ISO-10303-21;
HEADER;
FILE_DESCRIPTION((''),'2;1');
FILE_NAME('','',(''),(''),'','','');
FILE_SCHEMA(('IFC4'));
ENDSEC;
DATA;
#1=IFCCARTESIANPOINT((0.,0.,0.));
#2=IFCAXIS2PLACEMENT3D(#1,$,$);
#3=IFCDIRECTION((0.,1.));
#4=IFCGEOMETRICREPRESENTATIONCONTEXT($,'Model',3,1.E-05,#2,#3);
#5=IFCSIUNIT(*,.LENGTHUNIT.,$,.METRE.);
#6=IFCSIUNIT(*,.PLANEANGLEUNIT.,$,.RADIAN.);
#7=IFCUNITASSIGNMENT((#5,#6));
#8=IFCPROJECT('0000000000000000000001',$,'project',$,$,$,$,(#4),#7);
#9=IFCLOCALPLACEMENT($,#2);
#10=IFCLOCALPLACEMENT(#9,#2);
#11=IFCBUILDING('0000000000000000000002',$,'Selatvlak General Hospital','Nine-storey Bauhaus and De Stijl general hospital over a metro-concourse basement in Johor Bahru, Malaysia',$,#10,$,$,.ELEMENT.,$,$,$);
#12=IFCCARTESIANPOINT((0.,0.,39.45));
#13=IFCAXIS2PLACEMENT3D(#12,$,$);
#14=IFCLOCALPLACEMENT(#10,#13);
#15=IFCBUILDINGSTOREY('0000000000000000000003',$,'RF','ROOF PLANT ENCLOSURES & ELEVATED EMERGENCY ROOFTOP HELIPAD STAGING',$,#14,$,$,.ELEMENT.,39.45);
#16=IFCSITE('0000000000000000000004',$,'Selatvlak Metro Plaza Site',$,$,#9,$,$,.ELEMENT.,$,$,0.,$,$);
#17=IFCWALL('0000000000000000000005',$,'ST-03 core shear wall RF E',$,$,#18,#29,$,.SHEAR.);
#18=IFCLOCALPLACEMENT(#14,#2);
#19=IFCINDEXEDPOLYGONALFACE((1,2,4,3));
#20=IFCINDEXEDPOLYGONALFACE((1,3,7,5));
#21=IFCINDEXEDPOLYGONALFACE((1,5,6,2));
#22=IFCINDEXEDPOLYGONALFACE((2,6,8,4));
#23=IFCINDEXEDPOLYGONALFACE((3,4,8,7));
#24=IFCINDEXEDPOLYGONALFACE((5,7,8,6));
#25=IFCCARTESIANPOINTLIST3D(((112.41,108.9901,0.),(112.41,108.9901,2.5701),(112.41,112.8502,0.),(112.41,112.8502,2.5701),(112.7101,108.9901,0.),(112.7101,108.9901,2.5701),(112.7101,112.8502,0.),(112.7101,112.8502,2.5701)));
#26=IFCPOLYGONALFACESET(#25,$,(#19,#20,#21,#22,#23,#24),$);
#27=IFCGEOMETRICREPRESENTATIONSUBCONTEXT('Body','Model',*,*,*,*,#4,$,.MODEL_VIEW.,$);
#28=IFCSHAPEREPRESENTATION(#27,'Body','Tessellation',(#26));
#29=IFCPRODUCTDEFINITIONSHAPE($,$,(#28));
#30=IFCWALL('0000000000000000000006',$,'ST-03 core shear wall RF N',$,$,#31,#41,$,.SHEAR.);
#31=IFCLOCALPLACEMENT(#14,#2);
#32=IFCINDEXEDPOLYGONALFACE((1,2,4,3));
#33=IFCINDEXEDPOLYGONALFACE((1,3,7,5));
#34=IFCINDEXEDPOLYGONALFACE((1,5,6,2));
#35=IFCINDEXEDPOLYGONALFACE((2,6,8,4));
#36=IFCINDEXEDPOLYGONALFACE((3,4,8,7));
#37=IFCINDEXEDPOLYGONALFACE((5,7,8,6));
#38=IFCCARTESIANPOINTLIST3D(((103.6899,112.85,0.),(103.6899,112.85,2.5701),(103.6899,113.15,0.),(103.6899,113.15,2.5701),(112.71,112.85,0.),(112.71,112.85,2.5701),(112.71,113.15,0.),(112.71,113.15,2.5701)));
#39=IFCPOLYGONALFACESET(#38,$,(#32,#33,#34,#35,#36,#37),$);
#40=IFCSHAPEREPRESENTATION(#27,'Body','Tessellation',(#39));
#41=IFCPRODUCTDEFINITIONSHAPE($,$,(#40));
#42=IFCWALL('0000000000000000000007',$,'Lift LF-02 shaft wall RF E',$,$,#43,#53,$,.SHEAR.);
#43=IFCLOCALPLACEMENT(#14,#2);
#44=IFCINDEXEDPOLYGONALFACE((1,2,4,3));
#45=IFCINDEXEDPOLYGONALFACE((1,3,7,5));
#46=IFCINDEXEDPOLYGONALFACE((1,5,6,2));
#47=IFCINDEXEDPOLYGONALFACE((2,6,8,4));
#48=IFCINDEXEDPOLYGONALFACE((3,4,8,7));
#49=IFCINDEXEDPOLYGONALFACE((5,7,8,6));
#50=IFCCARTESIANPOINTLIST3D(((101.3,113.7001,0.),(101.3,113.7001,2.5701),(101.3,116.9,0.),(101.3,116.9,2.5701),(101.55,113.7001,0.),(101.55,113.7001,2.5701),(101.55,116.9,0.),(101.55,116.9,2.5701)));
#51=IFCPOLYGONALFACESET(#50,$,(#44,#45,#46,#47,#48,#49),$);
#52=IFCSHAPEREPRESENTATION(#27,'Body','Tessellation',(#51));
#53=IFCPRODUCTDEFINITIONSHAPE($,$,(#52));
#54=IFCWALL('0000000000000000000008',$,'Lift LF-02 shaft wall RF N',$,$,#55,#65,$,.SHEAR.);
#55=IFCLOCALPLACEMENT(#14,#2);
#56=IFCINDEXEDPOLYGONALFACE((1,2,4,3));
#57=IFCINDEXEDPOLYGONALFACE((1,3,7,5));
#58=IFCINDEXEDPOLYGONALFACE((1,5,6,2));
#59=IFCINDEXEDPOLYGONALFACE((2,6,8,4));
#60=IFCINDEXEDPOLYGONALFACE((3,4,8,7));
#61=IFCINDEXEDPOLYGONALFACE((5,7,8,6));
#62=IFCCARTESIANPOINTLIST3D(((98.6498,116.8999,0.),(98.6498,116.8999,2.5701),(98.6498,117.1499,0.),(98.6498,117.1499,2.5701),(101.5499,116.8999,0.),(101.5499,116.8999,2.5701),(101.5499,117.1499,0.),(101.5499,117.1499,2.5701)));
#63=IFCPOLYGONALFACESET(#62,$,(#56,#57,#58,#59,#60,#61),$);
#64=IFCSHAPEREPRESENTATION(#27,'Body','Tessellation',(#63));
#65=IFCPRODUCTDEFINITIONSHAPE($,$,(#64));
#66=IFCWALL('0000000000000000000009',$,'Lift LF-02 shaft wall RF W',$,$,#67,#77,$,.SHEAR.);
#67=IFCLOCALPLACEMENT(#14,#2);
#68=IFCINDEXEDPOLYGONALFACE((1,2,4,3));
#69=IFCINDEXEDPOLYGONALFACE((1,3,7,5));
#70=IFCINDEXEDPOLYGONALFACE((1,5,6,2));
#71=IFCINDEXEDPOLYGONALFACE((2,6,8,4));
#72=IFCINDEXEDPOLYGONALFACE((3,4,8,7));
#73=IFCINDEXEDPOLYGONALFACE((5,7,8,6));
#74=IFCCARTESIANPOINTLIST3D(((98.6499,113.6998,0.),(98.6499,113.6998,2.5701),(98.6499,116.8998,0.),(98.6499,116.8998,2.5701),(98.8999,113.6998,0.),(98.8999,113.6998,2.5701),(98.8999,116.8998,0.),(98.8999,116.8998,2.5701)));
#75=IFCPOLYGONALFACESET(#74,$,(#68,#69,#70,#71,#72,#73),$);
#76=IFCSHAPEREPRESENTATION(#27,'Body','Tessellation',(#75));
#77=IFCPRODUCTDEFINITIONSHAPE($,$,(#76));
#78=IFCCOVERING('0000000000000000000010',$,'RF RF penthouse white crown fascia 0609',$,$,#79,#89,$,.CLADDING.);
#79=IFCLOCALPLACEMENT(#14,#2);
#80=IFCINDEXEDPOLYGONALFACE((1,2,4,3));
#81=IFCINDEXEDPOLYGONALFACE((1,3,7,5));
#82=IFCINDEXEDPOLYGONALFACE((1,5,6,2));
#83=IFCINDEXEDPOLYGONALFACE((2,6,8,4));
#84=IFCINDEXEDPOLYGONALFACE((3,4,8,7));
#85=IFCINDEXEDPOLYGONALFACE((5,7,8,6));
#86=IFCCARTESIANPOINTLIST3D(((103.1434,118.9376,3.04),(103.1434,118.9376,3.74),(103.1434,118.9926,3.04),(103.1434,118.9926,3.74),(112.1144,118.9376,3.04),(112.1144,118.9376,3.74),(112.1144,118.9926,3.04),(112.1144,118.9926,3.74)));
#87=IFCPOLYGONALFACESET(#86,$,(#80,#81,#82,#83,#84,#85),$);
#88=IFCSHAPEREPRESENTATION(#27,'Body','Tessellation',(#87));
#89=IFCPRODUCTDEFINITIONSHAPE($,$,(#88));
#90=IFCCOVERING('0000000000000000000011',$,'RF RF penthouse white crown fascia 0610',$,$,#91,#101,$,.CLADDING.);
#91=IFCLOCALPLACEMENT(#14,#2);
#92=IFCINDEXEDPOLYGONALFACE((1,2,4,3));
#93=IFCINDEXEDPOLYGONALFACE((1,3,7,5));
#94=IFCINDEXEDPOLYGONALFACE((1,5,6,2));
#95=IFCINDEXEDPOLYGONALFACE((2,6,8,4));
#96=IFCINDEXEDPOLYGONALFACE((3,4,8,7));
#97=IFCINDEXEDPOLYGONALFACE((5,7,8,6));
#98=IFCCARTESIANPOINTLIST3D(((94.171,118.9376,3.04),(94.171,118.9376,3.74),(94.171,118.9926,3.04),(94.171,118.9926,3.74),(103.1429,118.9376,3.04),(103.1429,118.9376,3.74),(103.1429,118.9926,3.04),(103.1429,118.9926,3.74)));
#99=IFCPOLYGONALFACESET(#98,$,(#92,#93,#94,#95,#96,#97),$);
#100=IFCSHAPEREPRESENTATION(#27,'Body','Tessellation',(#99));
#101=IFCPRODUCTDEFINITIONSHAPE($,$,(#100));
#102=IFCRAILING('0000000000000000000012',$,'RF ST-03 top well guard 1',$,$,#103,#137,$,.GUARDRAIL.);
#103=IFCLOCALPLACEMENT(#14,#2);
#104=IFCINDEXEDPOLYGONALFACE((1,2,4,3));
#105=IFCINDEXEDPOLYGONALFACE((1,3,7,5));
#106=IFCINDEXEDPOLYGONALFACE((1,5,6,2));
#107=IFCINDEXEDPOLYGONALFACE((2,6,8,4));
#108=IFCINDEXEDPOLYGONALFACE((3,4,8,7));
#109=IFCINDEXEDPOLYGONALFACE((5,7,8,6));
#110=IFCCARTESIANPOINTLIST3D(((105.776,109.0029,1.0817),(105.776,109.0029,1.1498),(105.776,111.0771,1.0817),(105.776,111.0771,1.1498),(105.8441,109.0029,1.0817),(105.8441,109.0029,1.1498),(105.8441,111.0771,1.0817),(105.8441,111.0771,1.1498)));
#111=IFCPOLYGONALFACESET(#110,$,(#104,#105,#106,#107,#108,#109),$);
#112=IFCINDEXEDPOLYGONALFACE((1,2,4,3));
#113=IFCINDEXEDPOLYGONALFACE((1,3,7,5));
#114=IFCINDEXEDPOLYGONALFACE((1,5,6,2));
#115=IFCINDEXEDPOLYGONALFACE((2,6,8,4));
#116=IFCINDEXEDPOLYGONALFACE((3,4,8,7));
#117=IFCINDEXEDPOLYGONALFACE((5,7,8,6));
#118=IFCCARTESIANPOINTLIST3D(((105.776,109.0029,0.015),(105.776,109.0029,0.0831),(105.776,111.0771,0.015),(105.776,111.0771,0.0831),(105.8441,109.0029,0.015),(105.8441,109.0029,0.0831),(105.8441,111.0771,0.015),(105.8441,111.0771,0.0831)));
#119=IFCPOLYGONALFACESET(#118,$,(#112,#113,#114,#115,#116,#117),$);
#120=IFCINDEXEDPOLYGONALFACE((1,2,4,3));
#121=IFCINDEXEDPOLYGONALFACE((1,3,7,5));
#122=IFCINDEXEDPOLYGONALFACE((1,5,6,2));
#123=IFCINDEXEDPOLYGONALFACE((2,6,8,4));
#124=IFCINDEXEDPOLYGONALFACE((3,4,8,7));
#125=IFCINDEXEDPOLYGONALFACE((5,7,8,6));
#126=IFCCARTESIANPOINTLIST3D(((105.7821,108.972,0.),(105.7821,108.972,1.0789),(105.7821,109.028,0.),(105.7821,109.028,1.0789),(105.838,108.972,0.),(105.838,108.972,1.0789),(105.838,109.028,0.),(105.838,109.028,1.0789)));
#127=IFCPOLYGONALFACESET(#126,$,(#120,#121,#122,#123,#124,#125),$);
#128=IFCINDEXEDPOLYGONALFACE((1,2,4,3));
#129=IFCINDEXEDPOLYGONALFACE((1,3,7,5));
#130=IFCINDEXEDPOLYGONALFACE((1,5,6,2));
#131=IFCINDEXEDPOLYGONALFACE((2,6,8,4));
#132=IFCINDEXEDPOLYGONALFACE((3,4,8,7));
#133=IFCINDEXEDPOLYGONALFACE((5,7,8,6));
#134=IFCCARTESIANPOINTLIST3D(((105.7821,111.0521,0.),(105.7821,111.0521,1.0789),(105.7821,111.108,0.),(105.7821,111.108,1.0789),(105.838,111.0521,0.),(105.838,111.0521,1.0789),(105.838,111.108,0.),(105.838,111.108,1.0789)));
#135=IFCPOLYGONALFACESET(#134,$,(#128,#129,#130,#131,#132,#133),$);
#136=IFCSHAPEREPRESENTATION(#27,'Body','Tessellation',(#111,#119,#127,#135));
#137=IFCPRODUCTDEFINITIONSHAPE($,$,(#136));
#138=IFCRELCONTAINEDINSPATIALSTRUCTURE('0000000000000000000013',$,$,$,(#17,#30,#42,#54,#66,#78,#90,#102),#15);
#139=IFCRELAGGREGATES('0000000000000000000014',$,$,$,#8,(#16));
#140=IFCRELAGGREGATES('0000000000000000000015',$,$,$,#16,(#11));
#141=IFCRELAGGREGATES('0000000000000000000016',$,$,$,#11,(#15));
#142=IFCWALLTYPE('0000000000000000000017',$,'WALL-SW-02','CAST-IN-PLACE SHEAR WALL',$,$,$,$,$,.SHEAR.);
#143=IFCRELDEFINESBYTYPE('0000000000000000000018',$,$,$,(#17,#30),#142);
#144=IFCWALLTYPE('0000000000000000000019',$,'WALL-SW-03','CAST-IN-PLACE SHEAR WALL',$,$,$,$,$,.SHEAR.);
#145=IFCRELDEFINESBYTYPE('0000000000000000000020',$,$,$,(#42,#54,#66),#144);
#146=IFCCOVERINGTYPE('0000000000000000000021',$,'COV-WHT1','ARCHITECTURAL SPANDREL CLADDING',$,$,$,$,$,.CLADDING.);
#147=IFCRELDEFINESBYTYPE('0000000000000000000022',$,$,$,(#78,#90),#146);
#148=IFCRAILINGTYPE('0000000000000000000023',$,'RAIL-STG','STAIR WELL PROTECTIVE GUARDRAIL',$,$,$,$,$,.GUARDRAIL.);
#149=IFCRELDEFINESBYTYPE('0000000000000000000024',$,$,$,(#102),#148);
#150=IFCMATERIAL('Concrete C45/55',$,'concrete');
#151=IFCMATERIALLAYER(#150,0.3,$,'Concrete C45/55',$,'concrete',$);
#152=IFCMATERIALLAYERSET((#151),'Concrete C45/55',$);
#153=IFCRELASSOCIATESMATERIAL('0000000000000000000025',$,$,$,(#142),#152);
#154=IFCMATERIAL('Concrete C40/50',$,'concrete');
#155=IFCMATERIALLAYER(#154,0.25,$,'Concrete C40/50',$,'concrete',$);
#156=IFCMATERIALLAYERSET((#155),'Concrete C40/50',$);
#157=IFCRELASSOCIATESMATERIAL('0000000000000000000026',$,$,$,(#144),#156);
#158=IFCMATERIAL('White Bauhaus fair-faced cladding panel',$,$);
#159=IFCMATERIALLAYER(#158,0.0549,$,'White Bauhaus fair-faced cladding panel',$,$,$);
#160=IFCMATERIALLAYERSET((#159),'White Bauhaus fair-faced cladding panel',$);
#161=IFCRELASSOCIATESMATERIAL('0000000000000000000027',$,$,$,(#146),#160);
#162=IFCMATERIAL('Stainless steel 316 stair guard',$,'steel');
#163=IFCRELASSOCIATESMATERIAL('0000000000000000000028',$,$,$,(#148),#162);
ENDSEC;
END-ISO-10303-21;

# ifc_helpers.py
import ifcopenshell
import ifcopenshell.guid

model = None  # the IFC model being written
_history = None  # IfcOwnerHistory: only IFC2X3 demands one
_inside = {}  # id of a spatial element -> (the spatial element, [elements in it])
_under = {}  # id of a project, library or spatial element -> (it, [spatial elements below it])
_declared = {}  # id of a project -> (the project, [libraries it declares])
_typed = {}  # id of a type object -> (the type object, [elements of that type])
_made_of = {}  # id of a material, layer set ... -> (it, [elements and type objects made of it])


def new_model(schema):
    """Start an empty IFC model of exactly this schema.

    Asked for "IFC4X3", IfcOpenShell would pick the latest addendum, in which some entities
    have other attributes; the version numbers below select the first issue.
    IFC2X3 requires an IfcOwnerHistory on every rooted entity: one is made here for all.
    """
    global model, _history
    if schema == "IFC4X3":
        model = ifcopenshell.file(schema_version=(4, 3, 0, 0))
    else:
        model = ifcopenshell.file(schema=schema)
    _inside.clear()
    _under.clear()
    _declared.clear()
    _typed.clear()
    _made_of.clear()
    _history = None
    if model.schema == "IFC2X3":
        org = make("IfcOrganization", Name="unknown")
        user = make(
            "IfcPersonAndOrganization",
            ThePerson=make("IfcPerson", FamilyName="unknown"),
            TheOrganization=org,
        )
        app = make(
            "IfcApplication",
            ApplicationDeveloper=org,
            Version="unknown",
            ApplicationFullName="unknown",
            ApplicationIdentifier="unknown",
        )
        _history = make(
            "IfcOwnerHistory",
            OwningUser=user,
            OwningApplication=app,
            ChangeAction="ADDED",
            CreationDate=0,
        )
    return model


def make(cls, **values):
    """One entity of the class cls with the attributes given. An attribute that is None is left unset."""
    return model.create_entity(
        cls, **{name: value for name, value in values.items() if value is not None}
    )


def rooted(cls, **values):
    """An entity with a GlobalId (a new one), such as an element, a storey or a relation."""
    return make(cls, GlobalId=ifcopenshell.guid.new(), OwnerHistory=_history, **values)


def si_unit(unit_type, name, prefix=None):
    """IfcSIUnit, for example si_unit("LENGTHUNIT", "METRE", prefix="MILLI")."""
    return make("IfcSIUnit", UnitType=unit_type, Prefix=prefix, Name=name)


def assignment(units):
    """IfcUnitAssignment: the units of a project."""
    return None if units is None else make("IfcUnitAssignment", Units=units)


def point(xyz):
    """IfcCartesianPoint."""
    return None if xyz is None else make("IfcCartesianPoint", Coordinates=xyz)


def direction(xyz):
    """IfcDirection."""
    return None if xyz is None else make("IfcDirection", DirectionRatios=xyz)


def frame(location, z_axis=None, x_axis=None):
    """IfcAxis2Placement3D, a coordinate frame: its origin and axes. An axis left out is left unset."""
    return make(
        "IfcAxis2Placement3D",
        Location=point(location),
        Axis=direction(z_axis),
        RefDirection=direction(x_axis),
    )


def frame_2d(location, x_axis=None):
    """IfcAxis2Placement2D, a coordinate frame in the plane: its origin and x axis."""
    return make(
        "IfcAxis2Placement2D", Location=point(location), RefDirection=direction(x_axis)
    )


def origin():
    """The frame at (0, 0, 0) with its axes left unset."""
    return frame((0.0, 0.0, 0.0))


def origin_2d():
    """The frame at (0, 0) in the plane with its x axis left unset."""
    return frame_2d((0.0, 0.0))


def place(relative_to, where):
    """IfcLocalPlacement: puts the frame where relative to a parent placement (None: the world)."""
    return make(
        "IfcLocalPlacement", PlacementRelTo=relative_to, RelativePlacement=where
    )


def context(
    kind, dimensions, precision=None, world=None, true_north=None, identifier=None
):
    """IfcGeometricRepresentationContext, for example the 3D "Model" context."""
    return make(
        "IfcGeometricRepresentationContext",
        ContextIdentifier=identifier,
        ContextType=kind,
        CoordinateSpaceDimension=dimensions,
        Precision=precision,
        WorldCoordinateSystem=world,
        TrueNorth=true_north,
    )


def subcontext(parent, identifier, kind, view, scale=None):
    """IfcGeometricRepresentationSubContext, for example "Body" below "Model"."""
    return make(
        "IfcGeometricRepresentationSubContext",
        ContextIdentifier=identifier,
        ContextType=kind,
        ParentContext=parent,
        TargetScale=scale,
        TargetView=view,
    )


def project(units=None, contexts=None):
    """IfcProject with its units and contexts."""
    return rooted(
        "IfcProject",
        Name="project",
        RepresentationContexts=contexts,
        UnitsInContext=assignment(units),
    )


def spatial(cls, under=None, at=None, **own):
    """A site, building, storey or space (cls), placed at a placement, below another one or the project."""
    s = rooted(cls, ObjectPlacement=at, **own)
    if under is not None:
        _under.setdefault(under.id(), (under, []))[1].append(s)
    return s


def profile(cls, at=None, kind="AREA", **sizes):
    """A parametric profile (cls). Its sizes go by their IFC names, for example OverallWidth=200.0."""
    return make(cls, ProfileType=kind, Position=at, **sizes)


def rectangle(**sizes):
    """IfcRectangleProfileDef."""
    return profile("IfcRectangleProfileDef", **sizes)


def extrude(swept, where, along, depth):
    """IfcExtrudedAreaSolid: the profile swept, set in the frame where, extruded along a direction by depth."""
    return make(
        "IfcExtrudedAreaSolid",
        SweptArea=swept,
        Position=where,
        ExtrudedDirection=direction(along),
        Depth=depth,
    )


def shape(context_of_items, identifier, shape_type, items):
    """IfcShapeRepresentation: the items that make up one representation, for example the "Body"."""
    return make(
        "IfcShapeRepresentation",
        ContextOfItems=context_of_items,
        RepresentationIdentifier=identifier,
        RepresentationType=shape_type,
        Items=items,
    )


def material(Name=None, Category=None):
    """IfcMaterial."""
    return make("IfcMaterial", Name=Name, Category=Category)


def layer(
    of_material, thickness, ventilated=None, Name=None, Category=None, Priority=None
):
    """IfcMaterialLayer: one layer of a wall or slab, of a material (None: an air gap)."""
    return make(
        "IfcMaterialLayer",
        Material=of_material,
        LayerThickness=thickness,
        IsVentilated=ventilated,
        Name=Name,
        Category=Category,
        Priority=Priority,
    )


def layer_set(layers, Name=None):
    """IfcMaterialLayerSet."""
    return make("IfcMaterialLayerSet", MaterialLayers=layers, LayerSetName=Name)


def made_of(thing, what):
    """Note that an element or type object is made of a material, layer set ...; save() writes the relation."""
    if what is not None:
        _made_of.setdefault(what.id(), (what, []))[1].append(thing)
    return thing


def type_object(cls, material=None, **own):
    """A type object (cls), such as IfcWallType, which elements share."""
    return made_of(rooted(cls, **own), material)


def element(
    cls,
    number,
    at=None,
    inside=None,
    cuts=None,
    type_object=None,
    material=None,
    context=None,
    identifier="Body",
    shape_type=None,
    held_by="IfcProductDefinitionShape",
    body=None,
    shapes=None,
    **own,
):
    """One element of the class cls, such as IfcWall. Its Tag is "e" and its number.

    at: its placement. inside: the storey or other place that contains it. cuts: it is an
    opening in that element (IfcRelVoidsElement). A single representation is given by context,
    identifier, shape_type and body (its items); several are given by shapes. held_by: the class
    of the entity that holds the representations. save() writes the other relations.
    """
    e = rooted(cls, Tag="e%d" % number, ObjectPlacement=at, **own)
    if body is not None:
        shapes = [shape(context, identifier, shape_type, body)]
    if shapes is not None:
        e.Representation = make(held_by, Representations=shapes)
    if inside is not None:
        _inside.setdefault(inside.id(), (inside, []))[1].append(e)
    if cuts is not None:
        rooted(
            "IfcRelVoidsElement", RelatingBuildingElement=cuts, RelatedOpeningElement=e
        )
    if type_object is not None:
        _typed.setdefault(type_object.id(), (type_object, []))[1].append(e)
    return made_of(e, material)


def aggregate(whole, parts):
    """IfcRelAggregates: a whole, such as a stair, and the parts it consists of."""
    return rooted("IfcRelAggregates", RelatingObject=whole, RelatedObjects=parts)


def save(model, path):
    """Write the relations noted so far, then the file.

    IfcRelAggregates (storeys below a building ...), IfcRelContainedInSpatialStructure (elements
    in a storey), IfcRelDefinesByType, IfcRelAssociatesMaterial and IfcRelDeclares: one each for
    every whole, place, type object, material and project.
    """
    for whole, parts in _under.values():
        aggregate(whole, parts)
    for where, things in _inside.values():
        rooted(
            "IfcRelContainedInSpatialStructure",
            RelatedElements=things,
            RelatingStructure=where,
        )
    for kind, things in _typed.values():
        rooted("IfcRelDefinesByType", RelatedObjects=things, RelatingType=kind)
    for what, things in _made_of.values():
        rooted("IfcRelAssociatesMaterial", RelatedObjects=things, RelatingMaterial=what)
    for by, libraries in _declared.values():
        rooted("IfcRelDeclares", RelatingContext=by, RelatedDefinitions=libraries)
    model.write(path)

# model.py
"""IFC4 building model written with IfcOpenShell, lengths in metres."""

from ifc_helpers import new_model, si_unit, direction, frame, frame_2d, origin, origin_2d, place, context, subcontext, project, spatial, rectangle, extrude, material, layer, layer_set, type_object, element, save


model = new_model("IFC4")

# Units and contexts
model_context = context("Model", 3, precision=1e-05, world=origin(), true_north=direction((0.0, 1.0)))
body_context = subcontext(model_context, "Body", "Model", "MODEL_VIEW")
ifc_project = project(units=[si_unit("LENGTHUNIT", "METRE"), si_unit("PLANEANGLEUNIT", "RADIAN")], contexts=[model_context])

# Site, building, storey
site_placement = place(None, origin())
site = spatial("IfcSite", under=ifc_project, at=site_placement, Name="Selatvlak Metro Plaza Site", CompositionType="ELEMENT", RefElevation=0.0)
building_placement = place(site_placement, origin())
building = spatial("IfcBuilding", under=site, at=building_placement, Name="Selatvlak General Hospital", Description="Nine-storey Bauhaus and De Stijl general hospital over a metro-concourse basement in Johor Bahru, Malaysia", CompositionType="ELEMENT")
storey_placement = place(building_placement, frame((0.0, 0.0, 39.45)))
storey = spatial("IfcBuildingStorey", under=building, at=storey_placement, Name="RF", Description="ROOF PLANT ENCLOSURES & ELEVATED EMERGENCY ROOFTOP HELIPAD STAGING", CompositionType="ELEMENT", Elevation=39.45)

# Shared definitions
ifc_material_1 = material(Name="Concrete C40/50", Category="concrete")

# Walls
ifc_material_2 = material(Name="Concrete C45/55", Category="concrete")
ifc_layer_1 = layer(ifc_material_2, 0.3, Name="Concrete C45/55", Category="concrete")
ifc_layer_set_1 = layer_set([ifc_layer_1], Name="Concrete C45/55")
wall_type_1 = type_object("IfcWallType", Name="WALL-SW-02", Description="CAST-IN-PLACE SHEAR WALL", PredefinedType="SHEAR", material=ifc_layer_set_1)
wall_1_placement = place(storey_placement, frame((112.5601, 108.99, 0.0), z_axis=(0.0, 0.0, 1.0), x_axis=(0.0, 1.0, 0.0)))
element("IfcWall", 1, at=wall_1_placement, inside=storey, type_object=wall_type_1, Name="ST-03 core shear wall RF E", PredefinedType="SHEAR", context=body_context, shape_type="SweptSolid", body=[
    extrude(rectangle(XDim=3.8601, YDim=0.3, at=frame_2d((1.9302, 0.0))), origin(), (0.0, 0.0, 1.0), 2.5701),
])
wall_2_placement = place(storey_placement, frame((112.71, 113.0, 0.0), z_axis=(0.0, 0.0, 1.0), x_axis=(-1.0, 0.0, 0.0)))
element("IfcWall", 2, at=wall_2_placement, inside=storey, type_object=wall_type_1, Name="ST-03 core shear wall RF N", PredefinedType="SHEAR", context=body_context, shape_type="SweptSolid", body=[
    extrude(rectangle(XDim=9.02, YDim=0.3, at=frame_2d((4.51, 0.0))), origin(), (0.0, 0.0, 1.0), 2.5701),
])

# Shared definitions
ifc_layer_2 = layer(ifc_material_1, 0.25, Name="Concrete C40/50", Category="concrete")
ifc_layer_set_2 = layer_set([ifc_layer_2], Name="Concrete C40/50")
wall_type_2 = type_object("IfcWallType", Name="WALL-SW-03", Description="CAST-IN-PLACE SHEAR WALL", PredefinedType="SHEAR", material=ifc_layer_set_2)

# Walls
wall_3_placement = place(storey_placement, frame((101.425, 113.7, 0.0), z_axis=(0.0, 0.0, 1.0), x_axis=(0.0, 1.0, 0.0)))
element("IfcWall", 3, at=wall_3_placement, inside=storey, type_object=wall_type_2, Name="Lift LF-02 shaft wall RF E", PredefinedType="SHEAR", context=body_context, shape_type="SweptSolid", body=[
    extrude(rectangle(XDim=3.2, YDim=0.25, at=frame_2d((1.6001, 0.0))), origin(), (0.0, 0.0, 1.0), 2.5701),
])
wall_4_placement = place(storey_placement, frame((101.55, 117.0249, 0.0), z_axis=(0.0, 0.0, 1.0), x_axis=(-1.0, 0.0, 0.0)))
element("IfcWall", 4, at=wall_4_placement, inside=storey, type_object=wall_type_2, Name="Lift LF-02 shaft wall RF N", PredefinedType="SHEAR", context=body_context, shape_type="SweptSolid", body=[
    extrude(rectangle(XDim=2.9001, YDim=0.25, at=frame_2d((1.4502, 0.0))), origin(), (0.0, 0.0, 1.0), 2.5701),
])
wall_5_placement = place(storey_placement, frame((98.7749, 116.8999, 0.0), z_axis=(0.0, 0.0, 1.0), x_axis=(0.0, -1.0, 0.0)))
element("IfcWall", 5, at=wall_5_placement, inside=storey, type_object=wall_type_2, Name="Lift LF-02 shaft wall RF W", PredefinedType="SHEAR", context=body_context, shape_type="SweptSolid", body=[
    extrude(rectangle(XDim=3.2, YDim=0.25, at=frame_2d((1.6001, 0.0))), origin(), (0.0, 0.0, 1.0), 2.5701),
])

# Coverings
ifc_material_3 = material(Name="White Bauhaus fair-faced cladding panel")
ifc_layer_3 = layer(ifc_material_3, 0.0549, Name="White Bauhaus fair-faced cladding panel")
ifc_layer_set_3 = layer_set([ifc_layer_3], Name="White Bauhaus fair-faced cladding panel")
covering_type = type_object("IfcCoveringType", Name="COV-WHT1", Description="ARCHITECTURAL SPANDREL CLADDING", PredefinedType="CLADDING", material=ifc_layer_set_3)
covering_1_placement = place(storey_placement, frame((107.6289, 118.9651, 3.04), z_axis=(0.0, 0.0, 1.0), x_axis=(-1.0, 0.0, 0.0)))
element("IfcCovering", 6, at=covering_1_placement, inside=storey, type_object=covering_type, Name="RF RF penthouse white crown fascia 0609", PredefinedType="CLADDING", context=body_context, shape_type="SweptSolid", body=[
    extrude(rectangle(XDim=8.9709, YDim=0.0549, at=origin_2d()), origin(), (0.0, 0.0, 1.0), 0.7),
])
covering_2_placement = place(storey_placement, frame((98.657, 118.9651, 3.04), z_axis=(0.0, 0.0, 1.0), x_axis=(-1.0, 0.0, 0.0)))
element("IfcCovering", 7, at=covering_2_placement, inside=storey, type_object=covering_type, Name="RF RF penthouse white crown fascia 0610", PredefinedType="CLADDING", context=body_context, shape_type="SweptSolid", body=[
    extrude(rectangle(XDim=8.9719, YDim=0.0549, at=origin_2d()), origin(), (0.0, 0.0, 1.0), 0.7),
])

# Railing
ifc_material_4 = material(Name="Stainless steel 316 stair guard", Category="steel")
railing_type = type_object("IfcRailingType", Name="RAIL-STG", Description="STAIR WELL PROTECTIVE GUARDRAIL", PredefinedType="GUARDRAIL", material=ifc_material_4)
railing_1_placement = place(storey_placement, frame((105.8101, 109.0, 0.0)))
element("IfcRailing", 8, at=railing_1_placement, inside=storey, type_object=railing_type, Name="RF ST-03 top well guard 1", PredefinedType="GUARDRAIL", context=body_context, shape_type="SweptSolid", body=[
    extrude(rectangle(XDim=0.0681, YDim=0.0681, at=origin_2d()), frame((0.0, 0.0029, 1.1157), z_axis=(0.0, 1.0, 0.0), x_axis=(-1.0, 0.0, 0.0)), (0.0, 0.0, 1.0), 2.0742),
    extrude(rectangle(XDim=0.0681, YDim=0.0681, at=origin_2d()), frame((0.0, 0.0029, 0.0491), z_axis=(0.0, 1.0, 0.0), x_axis=(-1.0, 0.0, 0.0)), (0.0, 0.0, 1.0), 2.0742),
    extrude(rectangle(XDim=0.0559, YDim=0.0559, at=origin_2d()), origin(), (0.0, 0.0, 1.0), 1.0789),
    extrude(rectangle(XDim=0.0559, YDim=0.0559, at=origin_2d()), frame((0.0, 2.0801, 0.0)), (0.0, 0.0, 1.0), 1.0789),
])

save(model, "model.ifc")
